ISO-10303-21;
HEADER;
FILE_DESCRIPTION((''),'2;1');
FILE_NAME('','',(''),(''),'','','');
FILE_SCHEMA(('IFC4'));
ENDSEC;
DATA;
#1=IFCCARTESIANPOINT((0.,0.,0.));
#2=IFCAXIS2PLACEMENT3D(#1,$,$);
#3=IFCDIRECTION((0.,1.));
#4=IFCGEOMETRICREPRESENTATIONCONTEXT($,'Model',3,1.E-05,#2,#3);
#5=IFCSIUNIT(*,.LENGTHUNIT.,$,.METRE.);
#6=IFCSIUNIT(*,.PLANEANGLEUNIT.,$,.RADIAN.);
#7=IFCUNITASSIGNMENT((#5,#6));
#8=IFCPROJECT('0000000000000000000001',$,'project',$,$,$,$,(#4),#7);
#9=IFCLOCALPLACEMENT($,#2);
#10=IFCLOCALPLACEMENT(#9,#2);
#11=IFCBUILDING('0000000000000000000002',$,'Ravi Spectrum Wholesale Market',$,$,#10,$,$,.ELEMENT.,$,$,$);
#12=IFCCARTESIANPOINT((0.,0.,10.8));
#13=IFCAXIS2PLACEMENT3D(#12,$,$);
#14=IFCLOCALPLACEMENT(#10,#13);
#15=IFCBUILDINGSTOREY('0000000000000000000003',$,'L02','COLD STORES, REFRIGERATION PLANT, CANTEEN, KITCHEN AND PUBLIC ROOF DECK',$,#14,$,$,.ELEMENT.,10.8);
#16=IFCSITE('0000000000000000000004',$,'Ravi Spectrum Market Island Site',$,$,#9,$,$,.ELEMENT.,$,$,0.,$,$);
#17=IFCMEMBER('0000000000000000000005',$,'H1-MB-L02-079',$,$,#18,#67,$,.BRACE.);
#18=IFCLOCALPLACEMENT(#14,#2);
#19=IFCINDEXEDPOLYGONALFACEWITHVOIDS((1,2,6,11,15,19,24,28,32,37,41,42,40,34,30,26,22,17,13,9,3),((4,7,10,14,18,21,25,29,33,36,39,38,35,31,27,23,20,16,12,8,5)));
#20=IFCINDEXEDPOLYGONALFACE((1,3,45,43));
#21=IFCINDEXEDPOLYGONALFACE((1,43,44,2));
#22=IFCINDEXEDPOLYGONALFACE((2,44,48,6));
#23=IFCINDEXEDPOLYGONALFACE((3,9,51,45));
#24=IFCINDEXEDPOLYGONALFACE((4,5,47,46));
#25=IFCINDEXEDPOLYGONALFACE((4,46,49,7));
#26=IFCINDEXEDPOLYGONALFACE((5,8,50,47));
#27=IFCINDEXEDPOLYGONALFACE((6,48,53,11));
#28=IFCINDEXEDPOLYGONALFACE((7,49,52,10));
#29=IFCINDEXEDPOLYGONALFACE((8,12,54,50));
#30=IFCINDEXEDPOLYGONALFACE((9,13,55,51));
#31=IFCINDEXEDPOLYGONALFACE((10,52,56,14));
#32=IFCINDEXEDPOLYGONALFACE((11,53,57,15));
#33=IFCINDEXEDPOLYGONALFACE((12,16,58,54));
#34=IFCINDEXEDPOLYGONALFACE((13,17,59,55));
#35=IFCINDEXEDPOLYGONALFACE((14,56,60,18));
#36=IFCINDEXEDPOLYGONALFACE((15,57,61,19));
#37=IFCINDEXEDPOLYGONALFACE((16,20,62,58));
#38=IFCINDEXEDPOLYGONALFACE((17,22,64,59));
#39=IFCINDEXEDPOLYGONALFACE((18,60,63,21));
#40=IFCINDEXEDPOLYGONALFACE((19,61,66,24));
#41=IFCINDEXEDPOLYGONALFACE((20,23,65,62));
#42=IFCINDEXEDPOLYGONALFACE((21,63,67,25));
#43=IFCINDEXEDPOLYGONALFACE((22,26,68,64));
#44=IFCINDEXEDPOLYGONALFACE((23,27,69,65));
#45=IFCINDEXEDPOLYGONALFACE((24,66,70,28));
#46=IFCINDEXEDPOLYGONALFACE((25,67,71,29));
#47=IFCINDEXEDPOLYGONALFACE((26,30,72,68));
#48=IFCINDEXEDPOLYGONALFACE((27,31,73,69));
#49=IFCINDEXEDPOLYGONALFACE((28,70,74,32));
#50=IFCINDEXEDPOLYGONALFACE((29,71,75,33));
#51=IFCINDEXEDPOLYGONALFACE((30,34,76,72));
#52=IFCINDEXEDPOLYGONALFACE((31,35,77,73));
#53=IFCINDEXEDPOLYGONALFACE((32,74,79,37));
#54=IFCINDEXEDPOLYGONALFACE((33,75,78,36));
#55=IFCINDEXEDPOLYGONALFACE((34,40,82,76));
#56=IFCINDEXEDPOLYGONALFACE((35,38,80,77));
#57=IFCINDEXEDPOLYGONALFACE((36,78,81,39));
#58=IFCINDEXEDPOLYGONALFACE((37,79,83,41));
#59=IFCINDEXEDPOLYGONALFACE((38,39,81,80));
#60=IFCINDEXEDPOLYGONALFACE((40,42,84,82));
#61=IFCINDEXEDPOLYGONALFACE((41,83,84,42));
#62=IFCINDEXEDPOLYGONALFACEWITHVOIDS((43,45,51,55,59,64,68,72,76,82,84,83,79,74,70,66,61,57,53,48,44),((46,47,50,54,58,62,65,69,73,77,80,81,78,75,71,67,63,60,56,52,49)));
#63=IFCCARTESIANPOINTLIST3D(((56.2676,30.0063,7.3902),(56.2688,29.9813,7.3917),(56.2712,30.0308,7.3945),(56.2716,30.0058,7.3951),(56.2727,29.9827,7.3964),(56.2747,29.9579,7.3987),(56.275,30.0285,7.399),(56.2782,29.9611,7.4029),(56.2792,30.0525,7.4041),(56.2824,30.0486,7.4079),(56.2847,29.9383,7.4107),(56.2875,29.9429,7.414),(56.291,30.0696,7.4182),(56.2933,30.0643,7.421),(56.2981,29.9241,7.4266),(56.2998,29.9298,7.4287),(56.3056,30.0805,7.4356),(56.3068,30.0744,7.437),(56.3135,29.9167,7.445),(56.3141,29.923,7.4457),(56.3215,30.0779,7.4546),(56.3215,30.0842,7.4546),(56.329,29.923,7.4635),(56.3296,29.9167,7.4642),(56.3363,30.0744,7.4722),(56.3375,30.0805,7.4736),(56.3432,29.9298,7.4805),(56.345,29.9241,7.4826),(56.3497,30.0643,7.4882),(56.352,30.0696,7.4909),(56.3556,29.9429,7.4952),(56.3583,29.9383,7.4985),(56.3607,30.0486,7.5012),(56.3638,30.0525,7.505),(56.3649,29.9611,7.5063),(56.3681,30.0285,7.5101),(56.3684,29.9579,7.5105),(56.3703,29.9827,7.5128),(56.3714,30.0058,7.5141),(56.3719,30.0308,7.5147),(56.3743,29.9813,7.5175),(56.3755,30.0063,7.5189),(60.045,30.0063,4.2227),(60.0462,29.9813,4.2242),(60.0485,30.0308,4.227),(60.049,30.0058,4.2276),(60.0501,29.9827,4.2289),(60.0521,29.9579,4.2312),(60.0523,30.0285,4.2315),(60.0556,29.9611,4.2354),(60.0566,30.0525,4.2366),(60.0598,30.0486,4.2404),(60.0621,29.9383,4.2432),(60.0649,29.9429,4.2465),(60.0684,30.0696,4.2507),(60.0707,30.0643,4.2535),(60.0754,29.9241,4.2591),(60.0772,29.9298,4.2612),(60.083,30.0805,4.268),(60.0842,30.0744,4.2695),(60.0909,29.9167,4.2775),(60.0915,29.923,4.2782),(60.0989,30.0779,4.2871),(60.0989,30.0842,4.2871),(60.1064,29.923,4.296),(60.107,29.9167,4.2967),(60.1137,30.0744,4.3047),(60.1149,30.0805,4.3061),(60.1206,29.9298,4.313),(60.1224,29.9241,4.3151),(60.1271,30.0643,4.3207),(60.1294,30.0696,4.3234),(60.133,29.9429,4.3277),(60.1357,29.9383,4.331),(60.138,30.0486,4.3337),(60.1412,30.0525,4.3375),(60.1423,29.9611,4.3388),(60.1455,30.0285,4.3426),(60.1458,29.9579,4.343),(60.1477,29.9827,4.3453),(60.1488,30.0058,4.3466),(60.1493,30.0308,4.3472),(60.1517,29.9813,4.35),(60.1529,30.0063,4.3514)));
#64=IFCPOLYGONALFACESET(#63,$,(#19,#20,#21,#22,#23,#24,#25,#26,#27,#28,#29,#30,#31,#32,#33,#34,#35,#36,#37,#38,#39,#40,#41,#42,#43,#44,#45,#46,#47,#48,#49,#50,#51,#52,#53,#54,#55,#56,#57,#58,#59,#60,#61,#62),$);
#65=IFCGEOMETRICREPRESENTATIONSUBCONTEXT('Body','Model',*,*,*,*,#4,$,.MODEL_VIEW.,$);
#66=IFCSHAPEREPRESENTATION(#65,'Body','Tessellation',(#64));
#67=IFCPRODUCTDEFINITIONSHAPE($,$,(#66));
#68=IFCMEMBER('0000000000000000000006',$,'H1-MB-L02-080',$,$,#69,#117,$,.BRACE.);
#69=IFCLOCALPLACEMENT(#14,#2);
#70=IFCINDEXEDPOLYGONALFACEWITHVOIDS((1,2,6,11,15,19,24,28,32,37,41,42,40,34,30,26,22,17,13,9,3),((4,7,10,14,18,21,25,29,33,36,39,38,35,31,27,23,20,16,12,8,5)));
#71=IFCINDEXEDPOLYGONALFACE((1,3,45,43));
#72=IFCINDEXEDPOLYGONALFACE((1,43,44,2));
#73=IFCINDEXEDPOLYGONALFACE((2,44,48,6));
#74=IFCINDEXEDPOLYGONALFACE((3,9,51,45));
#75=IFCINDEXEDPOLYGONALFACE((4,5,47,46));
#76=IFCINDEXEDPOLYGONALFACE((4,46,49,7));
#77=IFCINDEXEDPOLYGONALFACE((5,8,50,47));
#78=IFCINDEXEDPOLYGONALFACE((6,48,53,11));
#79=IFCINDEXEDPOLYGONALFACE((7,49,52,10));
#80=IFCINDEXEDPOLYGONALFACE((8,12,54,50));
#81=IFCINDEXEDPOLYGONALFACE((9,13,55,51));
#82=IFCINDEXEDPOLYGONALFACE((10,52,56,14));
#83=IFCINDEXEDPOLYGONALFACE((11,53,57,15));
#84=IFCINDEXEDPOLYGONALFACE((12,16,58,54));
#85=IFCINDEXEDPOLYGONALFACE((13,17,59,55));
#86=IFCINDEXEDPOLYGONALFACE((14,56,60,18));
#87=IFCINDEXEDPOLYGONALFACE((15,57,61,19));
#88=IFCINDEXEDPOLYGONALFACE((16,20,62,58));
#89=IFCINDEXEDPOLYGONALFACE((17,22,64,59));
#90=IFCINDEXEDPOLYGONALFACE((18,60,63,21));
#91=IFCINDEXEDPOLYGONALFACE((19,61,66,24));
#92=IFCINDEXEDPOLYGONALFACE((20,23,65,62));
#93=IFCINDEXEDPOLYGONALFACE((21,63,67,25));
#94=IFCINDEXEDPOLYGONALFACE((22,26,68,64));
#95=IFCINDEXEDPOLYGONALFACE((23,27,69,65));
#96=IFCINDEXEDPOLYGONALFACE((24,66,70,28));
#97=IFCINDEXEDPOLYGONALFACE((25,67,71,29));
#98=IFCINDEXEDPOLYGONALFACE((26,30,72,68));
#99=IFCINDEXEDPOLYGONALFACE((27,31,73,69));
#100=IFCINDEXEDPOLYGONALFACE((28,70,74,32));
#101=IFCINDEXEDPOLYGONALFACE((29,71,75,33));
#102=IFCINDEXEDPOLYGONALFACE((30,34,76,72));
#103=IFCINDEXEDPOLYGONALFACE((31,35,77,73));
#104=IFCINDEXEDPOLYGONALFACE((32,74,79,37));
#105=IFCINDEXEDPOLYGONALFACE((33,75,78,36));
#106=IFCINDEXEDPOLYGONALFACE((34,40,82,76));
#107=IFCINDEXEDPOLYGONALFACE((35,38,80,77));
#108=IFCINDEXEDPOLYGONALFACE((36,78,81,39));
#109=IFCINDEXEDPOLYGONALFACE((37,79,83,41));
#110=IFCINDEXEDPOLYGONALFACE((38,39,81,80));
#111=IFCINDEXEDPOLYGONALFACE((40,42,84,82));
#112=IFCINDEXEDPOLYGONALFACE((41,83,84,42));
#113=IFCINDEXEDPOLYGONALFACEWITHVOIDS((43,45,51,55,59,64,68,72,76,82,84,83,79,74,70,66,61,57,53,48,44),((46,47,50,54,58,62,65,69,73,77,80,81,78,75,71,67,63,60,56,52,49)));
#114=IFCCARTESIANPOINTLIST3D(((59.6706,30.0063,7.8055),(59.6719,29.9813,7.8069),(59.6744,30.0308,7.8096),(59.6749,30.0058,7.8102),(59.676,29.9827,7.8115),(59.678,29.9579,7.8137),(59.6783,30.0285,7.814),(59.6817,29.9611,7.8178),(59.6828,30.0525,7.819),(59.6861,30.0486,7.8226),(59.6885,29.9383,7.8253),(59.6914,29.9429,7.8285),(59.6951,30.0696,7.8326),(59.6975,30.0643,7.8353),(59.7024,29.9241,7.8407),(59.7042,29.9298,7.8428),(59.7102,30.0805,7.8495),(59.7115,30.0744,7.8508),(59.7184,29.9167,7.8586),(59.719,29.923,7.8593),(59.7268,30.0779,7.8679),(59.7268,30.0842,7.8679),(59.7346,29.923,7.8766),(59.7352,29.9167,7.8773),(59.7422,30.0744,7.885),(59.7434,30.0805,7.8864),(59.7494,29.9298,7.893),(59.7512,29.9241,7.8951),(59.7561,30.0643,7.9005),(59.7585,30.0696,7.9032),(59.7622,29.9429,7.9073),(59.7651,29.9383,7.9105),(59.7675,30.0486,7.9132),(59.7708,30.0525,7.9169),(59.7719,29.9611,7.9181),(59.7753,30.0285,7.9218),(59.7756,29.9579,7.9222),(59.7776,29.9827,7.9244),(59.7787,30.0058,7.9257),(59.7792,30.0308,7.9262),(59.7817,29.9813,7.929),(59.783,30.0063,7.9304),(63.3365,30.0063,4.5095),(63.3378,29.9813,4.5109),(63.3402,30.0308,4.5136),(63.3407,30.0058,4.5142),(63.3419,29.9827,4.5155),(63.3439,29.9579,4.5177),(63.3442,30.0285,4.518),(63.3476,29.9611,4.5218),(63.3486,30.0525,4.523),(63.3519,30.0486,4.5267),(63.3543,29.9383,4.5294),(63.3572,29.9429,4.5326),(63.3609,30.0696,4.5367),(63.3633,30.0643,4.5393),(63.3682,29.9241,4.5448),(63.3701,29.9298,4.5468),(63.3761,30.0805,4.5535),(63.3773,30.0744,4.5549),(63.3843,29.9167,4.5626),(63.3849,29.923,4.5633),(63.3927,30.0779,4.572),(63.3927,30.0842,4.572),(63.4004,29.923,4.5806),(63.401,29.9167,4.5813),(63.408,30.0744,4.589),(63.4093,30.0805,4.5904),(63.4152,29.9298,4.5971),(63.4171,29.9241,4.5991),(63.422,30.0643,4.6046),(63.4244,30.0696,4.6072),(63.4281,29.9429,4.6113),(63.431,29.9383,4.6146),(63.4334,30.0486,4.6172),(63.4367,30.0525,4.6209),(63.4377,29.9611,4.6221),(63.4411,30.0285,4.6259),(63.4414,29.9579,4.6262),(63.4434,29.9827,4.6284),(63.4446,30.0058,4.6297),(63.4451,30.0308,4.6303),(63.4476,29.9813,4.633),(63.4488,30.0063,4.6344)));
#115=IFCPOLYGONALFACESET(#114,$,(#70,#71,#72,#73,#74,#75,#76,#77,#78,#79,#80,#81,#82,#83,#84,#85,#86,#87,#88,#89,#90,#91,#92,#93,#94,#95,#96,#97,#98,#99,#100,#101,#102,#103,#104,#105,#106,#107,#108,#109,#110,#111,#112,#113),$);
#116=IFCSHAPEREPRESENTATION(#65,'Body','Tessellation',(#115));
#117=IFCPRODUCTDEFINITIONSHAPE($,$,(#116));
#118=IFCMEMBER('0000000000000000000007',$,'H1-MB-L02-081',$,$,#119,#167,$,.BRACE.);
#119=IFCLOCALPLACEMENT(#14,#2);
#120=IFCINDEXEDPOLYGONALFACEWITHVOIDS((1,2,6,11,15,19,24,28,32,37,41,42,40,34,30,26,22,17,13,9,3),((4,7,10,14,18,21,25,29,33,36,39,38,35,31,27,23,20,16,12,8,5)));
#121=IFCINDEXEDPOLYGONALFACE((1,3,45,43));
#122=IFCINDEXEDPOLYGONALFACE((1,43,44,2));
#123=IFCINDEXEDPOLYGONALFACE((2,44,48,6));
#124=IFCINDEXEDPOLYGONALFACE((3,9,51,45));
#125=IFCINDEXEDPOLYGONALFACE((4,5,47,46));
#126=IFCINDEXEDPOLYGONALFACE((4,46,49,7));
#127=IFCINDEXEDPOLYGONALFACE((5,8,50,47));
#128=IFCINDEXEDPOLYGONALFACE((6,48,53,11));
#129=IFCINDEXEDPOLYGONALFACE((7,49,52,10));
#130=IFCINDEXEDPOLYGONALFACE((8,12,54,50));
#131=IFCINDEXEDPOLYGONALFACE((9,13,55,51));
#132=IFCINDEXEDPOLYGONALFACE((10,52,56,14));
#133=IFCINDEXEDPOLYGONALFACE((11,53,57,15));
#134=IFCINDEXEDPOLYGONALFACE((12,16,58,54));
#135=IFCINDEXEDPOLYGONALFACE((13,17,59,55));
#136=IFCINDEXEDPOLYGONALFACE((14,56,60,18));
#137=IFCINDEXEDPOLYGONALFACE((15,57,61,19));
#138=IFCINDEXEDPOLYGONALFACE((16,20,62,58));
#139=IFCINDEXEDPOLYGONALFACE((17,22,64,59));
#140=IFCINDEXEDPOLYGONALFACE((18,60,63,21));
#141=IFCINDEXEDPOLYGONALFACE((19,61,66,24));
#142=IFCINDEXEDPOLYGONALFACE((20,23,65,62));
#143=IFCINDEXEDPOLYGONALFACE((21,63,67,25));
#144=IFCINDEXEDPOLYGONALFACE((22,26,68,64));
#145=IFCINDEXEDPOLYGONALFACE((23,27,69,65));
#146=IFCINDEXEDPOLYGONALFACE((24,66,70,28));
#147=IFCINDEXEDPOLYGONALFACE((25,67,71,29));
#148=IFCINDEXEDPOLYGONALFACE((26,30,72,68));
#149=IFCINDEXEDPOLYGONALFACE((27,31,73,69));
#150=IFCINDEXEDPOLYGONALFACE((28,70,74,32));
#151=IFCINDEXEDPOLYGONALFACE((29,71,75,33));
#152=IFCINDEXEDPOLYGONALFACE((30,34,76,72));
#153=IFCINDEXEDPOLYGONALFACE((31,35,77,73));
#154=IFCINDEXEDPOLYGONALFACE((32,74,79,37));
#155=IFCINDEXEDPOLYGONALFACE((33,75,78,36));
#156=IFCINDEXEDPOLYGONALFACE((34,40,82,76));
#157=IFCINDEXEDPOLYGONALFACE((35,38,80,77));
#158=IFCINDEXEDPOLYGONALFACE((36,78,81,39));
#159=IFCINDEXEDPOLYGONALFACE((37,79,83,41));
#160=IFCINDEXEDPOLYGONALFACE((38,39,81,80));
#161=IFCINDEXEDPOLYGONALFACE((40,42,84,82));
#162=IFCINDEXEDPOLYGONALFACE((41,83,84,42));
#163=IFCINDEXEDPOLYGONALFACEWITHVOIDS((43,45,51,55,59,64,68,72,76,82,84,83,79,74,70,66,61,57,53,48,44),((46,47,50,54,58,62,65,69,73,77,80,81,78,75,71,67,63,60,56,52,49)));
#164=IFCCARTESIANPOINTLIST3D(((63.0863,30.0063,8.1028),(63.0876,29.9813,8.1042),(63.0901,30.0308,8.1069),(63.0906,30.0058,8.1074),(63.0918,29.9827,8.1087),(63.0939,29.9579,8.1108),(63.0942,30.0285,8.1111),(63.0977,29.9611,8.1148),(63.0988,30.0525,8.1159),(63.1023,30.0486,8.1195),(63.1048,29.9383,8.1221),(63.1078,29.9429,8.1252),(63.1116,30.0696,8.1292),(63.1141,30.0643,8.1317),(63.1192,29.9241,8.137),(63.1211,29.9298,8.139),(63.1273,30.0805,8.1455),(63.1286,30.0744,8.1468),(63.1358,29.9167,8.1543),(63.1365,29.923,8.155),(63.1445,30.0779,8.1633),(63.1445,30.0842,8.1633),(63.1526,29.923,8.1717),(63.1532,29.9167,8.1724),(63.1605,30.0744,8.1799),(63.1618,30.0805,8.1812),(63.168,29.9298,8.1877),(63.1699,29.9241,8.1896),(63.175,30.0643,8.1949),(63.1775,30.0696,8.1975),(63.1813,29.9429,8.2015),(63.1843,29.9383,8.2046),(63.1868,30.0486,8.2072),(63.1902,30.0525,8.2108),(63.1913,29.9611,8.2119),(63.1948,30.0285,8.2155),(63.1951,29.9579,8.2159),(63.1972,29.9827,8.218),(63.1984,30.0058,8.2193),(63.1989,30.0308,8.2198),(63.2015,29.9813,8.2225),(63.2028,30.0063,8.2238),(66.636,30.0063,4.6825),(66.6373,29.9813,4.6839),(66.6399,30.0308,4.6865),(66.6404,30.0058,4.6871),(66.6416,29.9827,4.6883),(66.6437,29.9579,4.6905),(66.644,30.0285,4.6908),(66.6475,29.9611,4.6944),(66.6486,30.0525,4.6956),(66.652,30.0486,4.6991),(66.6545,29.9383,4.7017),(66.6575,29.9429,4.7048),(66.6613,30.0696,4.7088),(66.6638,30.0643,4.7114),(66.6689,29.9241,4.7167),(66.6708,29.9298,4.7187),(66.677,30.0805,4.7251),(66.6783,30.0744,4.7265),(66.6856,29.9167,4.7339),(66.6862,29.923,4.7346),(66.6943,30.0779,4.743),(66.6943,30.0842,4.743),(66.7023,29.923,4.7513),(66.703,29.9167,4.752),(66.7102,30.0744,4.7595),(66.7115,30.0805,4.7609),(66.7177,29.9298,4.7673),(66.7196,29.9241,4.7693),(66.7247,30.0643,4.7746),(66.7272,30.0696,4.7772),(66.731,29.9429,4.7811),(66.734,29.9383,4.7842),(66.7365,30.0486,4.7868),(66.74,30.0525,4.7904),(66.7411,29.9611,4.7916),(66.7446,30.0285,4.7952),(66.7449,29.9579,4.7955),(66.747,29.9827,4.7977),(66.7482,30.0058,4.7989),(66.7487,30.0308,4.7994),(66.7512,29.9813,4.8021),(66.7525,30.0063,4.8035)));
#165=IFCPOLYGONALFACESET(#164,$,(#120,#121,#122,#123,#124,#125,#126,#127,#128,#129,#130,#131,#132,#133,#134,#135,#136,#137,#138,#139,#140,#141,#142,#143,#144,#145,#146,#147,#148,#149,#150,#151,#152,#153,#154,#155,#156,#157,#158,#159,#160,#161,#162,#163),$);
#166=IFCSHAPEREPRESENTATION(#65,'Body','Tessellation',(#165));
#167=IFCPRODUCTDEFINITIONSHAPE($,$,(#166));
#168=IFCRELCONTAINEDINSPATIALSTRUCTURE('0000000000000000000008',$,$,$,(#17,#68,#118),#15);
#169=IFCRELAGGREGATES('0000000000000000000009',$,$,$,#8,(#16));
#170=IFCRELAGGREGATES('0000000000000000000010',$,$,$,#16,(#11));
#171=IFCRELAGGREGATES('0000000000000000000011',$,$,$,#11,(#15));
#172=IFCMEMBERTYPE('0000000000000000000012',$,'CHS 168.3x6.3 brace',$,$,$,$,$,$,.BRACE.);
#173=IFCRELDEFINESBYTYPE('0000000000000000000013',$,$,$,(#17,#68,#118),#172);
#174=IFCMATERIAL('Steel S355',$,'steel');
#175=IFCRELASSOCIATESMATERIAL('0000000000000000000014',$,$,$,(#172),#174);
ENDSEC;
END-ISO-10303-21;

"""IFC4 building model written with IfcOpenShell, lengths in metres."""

from ifc_helpers import new_model, si_unit, direction, frame, origin, origin_2d, place, context, subcontext, project, spatial, hollow_circle, extrude, material, material_profile, profile_set, type_object, element, save


model = new_model("IFC4")

# Units and contexts
model_context = context("Model", 3, precision=1e-05, world=origin(), true_north=direction((0.0, 1.0)))
body_context = subcontext(model_context, "Body", "Model", "MODEL_VIEW")
ifc_project = project(units=[si_unit("LENGTHUNIT", "METRE"), si_unit("PLANEANGLEUNIT", "RADIAN")], contexts=[model_context])

# Site, building, storey
site_placement = place(None, origin())
site = spatial("IfcSite", under=ifc_project, at=site_placement, Name="Ravi Spectrum Market Island Site", CompositionType="ELEMENT", RefElevation=0.0)
building_placement = place(site_placement, origin())
building = spatial("IfcBuilding", under=site, at=building_placement, Name="Ravi Spectrum Wholesale Market", CompositionType="ELEMENT")
storey_placement = place(building_placement, frame((0.0, 0.0, 10.8)))
storey = spatial("IfcBuildingStorey", under=building, at=storey_placement, Name="L02", Description="COLD STORES, REFRIGERATION PLANT, CANTEEN, KITCHEN AND PUBLIC ROOF DECK", CompositionType="ELEMENT", Elevation=10.8)

# Members
ifc_material_1 = material(Name="Steel S355", Category="steel")
ifc_material_profile_1 = material_profile(ifc_material_1, hollow_circle(Radius=0.0842, WallThickness=0.0063, at=origin_2d()))
ifc_profile_set_1 = profile_set([ifc_material_profile_1], Name="Steel S355")
member_type_1 = type_object("IfcMemberType", Name="CHS 168.3x6.3 brace", PredefinedType="BRACE", material=ifc_profile_set_1)
for number, where, z_axis, x_axis, name in (
    (1, (56.3215, 30.0, 7.4546), (0.766253, 0.0, -0.642539), (0.0, 1.0, 0.0), "H1-MB-L02-079"),
    (2, (59.7268, 30.0, 7.8679), (0.743627, 0.0, -0.668595), (0.0, 1.0, 0.0), "H1-MB-L02-080"),
):
    element("IfcMember", number, at=place(storey_placement, frame(where, z_axis=z_axis, x_axis=x_axis)), inside=storey, type_object=member_type_1, Name=name, PredefinedType="BRACE", context=body_context, shape_type="SweptSolid", body=[
        extrude(hollow_circle(Radius=0.0842, WallThickness=0.0063, at=origin_2d()), origin(), (0.0, 0.0, 1.0), 4.9297),
    ])
for number, where, z_axis, x_axis, name in (
    (3, (63.1445, 30.0, 8.1633), (0.720109, 0.0, -0.693861), (0.0, 1.0, 0.0), "H1-MB-L02-081"),
):
    element("IfcMember", number, at=place(storey_placement, frame(where, z_axis=z_axis, x_axis=x_axis)), inside=storey, type_object=member_type_1, Name=name, PredefinedType="BRACE", context=body_context, shape_type="SweptSolid", body=[
        extrude(hollow_circle(Radius=0.0842, WallThickness=0.0063, at=origin_2d()), origin(), (0.0, 0.0, 1.0), 4.9294),
    ])

save(model, "model.ifc")
